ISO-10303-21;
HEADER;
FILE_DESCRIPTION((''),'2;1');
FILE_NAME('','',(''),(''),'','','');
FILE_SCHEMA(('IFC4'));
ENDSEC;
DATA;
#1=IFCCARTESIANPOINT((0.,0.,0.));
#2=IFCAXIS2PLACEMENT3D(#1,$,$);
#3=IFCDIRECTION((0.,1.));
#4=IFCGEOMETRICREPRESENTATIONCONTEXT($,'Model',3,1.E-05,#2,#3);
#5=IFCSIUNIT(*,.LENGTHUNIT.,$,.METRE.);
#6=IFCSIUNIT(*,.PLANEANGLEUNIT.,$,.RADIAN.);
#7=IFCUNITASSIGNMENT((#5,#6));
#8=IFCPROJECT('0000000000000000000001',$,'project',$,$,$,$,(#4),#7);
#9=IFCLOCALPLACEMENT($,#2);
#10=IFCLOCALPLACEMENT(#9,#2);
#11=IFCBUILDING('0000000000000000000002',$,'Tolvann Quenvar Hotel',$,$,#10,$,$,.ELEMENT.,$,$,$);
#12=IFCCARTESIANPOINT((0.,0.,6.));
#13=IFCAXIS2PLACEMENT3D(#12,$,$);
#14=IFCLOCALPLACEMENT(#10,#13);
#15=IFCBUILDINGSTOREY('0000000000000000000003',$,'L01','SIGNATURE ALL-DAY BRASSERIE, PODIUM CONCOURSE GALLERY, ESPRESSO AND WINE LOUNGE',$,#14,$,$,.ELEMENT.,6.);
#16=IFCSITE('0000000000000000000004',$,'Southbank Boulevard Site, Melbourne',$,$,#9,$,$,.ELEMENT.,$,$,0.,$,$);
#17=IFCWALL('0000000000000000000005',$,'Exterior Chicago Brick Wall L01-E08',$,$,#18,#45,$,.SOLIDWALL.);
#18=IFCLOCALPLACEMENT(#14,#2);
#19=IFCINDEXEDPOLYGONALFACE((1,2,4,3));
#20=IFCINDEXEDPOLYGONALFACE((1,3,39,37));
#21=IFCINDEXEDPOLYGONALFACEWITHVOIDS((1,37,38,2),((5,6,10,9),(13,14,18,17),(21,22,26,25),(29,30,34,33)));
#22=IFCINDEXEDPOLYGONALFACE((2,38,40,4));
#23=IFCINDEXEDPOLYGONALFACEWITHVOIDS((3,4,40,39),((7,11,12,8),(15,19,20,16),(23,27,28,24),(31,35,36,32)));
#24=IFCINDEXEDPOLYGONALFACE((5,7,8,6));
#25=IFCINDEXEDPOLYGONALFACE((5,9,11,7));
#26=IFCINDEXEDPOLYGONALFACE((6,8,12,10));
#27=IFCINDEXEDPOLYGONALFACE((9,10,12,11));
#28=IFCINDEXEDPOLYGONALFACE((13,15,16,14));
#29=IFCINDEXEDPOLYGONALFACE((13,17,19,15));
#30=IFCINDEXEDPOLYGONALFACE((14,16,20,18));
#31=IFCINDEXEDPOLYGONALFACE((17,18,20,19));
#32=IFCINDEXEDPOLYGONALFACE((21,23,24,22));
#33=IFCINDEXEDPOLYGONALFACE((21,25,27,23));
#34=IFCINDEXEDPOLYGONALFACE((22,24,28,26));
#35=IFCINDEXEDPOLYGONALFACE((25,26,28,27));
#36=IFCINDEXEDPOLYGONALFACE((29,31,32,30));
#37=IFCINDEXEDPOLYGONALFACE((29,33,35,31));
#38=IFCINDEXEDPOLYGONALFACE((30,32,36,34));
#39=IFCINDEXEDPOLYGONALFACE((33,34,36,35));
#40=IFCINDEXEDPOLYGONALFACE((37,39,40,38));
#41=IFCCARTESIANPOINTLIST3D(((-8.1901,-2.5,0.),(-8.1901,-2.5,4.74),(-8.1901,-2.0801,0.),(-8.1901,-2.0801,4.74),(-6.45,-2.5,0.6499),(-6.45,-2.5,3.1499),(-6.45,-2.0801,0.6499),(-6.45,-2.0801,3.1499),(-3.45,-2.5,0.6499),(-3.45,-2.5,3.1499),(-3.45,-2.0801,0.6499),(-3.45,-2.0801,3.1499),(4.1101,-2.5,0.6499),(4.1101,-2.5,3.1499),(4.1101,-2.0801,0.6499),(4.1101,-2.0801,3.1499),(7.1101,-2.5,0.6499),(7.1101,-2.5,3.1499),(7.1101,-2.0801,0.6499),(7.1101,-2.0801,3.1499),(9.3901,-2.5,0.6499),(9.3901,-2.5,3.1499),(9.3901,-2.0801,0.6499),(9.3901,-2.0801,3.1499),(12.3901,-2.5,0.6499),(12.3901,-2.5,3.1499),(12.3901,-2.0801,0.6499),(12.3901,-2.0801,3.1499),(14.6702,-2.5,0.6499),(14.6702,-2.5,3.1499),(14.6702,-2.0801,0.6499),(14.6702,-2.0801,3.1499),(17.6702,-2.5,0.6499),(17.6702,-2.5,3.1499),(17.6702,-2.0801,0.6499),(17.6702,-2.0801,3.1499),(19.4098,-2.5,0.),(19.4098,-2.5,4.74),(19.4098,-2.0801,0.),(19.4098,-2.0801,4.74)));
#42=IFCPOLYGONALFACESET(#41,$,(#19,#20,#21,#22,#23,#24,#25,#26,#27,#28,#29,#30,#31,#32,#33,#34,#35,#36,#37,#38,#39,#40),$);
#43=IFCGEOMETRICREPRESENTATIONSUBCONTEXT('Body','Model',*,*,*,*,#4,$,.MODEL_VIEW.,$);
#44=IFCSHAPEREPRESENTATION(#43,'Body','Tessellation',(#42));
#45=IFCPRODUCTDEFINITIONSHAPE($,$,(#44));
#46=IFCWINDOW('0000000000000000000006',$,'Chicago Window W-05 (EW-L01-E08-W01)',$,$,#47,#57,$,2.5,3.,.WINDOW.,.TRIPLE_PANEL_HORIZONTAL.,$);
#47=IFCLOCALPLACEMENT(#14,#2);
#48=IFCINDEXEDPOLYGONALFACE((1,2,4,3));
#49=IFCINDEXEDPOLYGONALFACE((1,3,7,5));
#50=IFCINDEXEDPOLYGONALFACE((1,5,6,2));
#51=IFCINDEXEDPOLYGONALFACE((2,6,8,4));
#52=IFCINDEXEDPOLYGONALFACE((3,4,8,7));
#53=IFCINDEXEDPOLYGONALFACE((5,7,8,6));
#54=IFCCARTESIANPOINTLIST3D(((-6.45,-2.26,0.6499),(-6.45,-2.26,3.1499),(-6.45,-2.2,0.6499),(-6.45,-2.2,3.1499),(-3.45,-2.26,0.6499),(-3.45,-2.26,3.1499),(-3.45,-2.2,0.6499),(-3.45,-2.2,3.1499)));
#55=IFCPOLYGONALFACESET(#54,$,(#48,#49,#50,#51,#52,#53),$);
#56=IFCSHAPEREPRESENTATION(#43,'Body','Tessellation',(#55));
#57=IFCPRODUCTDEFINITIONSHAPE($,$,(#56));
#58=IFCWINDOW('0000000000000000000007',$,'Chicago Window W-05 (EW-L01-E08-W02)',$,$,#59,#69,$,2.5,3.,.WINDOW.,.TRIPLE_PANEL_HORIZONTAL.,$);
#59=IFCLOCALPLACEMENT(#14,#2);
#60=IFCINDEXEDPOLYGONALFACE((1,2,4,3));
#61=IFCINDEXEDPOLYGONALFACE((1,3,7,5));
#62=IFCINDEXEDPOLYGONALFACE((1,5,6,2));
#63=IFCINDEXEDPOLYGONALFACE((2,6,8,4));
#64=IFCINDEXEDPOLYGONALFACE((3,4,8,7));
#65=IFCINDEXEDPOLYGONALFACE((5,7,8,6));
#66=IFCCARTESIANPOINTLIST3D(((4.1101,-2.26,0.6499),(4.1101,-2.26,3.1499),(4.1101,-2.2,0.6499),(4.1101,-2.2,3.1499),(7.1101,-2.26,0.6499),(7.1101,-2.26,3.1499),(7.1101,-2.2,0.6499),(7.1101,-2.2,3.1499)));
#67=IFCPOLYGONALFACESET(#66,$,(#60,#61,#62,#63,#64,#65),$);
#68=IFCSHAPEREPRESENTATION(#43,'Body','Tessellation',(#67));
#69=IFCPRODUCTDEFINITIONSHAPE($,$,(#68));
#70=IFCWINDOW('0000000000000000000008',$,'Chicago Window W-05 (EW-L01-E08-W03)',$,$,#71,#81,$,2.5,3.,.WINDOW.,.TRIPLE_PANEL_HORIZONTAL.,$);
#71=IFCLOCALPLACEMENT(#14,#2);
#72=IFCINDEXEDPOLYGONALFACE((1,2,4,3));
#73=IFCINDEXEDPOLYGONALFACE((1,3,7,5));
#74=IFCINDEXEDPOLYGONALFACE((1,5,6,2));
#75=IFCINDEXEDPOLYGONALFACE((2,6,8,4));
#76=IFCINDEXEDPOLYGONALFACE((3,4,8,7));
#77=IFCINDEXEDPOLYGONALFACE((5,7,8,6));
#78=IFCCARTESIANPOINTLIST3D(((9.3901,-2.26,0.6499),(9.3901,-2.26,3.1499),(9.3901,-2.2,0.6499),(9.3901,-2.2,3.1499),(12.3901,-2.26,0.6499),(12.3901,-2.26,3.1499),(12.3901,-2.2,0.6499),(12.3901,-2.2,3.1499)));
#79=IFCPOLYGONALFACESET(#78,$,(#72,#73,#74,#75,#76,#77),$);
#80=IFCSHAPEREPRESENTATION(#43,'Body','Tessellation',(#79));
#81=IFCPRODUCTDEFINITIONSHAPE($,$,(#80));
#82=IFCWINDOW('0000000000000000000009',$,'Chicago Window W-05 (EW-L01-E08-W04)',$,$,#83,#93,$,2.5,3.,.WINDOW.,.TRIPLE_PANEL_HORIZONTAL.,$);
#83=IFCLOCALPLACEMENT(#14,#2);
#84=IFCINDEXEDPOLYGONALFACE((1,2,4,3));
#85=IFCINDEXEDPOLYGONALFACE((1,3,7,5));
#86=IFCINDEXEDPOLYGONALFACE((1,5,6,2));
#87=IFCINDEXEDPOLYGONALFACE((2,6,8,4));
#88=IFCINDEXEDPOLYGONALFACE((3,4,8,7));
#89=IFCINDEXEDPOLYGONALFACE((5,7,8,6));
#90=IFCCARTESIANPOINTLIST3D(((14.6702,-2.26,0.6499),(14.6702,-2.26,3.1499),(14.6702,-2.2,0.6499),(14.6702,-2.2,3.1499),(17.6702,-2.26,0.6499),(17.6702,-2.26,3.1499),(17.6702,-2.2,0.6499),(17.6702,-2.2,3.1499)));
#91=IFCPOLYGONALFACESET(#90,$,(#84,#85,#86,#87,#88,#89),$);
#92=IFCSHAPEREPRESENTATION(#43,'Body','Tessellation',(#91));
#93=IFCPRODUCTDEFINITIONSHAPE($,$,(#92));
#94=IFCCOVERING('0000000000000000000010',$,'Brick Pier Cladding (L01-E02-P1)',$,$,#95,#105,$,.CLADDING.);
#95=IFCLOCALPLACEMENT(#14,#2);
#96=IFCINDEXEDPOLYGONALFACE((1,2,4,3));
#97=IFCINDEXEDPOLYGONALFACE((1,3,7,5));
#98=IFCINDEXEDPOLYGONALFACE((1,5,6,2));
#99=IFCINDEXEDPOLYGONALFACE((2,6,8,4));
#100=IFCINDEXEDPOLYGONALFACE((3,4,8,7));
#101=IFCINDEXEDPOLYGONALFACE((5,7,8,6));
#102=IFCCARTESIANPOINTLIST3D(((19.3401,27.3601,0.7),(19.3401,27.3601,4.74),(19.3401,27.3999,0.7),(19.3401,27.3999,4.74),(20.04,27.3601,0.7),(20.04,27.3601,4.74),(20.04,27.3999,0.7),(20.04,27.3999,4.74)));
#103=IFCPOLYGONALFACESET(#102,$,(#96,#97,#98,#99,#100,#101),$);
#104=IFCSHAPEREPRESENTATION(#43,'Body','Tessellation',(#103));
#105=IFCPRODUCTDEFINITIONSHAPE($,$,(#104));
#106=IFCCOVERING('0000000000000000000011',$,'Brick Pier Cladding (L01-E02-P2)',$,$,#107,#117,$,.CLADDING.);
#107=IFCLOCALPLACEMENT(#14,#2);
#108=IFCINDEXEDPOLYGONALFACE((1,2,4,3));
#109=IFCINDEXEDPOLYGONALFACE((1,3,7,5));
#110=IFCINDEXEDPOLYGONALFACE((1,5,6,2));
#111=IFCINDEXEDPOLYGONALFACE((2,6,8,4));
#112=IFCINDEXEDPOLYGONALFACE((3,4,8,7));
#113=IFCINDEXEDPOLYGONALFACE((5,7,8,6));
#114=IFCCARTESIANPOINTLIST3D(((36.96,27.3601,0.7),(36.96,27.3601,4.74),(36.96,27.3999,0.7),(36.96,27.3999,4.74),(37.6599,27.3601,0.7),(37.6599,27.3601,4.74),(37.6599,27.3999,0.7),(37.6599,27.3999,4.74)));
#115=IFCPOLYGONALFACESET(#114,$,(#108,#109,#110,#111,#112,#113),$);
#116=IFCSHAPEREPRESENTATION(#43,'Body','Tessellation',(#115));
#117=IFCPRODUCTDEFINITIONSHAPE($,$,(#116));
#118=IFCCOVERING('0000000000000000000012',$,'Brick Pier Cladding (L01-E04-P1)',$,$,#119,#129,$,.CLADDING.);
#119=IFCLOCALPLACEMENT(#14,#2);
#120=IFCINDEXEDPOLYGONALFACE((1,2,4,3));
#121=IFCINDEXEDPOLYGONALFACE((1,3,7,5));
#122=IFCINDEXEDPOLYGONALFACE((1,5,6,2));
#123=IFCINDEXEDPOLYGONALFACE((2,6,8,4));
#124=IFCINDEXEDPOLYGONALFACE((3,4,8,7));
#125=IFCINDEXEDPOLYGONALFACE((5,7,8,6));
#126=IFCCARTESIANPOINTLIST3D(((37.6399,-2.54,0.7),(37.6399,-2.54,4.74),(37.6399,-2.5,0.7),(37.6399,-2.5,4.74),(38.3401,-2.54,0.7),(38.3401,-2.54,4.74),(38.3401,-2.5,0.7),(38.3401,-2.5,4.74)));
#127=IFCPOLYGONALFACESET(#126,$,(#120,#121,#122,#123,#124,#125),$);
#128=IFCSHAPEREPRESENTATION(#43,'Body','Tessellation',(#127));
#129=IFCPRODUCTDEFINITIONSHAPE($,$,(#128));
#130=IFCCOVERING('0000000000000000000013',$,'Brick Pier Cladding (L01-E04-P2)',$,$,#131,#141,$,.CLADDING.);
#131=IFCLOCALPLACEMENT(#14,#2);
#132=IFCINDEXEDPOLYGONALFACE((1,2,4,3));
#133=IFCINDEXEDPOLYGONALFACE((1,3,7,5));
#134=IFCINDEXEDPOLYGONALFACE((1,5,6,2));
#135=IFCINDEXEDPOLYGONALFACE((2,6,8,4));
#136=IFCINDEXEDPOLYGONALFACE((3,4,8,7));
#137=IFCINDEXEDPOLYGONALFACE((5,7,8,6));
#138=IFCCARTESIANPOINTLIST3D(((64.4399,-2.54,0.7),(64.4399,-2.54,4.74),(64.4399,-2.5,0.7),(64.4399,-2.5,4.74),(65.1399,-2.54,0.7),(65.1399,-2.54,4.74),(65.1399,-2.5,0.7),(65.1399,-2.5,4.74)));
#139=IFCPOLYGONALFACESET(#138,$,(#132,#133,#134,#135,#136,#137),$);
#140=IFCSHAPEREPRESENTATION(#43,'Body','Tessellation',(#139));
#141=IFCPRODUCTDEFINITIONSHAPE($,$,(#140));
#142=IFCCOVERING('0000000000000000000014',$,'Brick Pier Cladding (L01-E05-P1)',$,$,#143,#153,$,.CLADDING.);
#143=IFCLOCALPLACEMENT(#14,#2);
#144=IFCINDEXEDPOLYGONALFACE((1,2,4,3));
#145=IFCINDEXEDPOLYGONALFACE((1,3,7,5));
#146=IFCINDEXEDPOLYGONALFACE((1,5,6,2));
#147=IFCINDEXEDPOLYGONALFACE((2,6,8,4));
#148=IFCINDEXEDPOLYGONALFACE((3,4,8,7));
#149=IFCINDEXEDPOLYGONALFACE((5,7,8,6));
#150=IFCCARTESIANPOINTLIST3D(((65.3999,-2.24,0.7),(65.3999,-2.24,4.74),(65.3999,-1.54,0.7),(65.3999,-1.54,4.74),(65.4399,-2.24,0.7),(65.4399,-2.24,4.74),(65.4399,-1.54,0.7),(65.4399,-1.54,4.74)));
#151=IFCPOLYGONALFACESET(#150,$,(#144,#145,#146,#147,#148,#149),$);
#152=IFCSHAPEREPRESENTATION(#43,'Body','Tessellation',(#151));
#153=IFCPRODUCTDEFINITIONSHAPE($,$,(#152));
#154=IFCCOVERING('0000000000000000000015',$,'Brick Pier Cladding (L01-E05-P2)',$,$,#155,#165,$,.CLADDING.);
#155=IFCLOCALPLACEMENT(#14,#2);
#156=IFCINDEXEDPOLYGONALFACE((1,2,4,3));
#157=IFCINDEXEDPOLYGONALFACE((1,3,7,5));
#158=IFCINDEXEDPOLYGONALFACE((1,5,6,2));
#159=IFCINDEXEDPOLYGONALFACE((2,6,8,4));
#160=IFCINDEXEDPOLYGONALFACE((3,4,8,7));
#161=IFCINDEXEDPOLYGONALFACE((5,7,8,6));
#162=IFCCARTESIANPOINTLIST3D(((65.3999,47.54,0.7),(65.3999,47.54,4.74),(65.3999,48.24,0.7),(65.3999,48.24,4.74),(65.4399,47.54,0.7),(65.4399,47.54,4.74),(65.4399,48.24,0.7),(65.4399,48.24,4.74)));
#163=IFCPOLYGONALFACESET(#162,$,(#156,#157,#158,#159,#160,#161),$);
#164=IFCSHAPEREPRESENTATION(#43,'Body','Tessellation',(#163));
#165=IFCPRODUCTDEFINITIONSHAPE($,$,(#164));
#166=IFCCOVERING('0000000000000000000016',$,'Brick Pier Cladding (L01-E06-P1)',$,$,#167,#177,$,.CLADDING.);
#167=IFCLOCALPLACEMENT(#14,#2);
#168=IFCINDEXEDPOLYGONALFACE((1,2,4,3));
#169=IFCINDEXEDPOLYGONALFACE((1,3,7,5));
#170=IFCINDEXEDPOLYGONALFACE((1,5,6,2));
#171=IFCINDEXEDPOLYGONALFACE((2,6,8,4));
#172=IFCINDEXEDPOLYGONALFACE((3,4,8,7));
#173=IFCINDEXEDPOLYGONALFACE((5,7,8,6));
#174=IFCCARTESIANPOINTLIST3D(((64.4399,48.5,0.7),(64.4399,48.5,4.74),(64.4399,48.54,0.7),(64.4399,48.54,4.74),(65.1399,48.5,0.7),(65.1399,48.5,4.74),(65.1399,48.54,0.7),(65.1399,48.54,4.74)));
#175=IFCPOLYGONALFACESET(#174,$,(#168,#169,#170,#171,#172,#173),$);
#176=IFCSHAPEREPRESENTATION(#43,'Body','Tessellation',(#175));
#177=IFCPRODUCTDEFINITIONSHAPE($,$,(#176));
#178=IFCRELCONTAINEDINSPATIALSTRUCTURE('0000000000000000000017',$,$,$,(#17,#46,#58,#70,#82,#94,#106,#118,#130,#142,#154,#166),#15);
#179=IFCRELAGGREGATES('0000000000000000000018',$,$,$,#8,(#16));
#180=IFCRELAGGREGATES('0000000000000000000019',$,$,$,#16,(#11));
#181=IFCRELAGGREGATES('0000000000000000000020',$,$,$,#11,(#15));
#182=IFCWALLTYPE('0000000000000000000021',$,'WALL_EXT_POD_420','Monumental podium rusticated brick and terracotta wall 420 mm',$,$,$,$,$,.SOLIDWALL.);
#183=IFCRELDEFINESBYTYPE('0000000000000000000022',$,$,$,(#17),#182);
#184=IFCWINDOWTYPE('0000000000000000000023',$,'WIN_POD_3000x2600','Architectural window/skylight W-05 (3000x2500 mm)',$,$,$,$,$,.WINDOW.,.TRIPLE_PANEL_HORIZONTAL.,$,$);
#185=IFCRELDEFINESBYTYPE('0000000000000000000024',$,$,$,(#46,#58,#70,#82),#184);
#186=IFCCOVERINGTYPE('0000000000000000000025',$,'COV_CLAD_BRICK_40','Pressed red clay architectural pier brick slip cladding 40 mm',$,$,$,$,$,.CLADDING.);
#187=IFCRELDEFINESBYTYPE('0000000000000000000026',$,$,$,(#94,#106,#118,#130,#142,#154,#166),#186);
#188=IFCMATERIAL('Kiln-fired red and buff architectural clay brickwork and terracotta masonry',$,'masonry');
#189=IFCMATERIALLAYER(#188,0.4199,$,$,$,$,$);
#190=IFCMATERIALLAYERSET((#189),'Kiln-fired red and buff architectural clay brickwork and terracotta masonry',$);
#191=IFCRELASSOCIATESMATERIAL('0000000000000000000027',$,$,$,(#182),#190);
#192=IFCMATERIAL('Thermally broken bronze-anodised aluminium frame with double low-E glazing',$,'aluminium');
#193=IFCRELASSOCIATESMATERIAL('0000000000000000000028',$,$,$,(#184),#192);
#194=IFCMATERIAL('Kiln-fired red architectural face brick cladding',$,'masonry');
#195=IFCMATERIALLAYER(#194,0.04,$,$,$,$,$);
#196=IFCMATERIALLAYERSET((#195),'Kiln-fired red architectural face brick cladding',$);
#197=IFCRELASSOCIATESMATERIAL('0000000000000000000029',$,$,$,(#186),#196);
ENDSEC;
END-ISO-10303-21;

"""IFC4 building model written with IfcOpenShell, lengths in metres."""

from ifc_helpers import new_model, si_unit, direction, frame, frame_2d, origin, place, context, subcontext, project, spatial, polyline, rectangle, outline, extrude, source, transform, mapped, material, layer, layer_set, type_object, type_shapes, element, fill, save


model = new_model("IFC4")

# Units and contexts
model_context = context("Model", 3, precision=1e-05, world=origin(), true_north=direction((0.0, 1.0)))
body_context = subcontext(model_context, "Body", "Model", "MODEL_VIEW")
ifc_project = project(units=[si_unit("LENGTHUNIT", "METRE"), si_unit("PLANEANGLEUNIT", "RADIAN")], contexts=[model_context])

# Site, building, storey
site_placement = place(None, origin())
site = spatial("IfcSite", under=ifc_project, at=site_placement, Name="Southbank Boulevard Site, Melbourne", CompositionType="ELEMENT", RefElevation=0.0)
building_placement = place(site_placement, origin())
building = spatial("IfcBuilding", under=site, at=building_placement, Name="Tolvann Quenvar Hotel", CompositionType="ELEMENT")
storey_placement = place(building_placement, frame((0.0, 0.0, 6.0)))
storey = spatial("IfcBuildingStorey", under=building, at=storey_placement, Name="L01", Description="SIGNATURE ALL-DAY BRASSERIE, PODIUM CONCOURSE GALLERY, ESPRESSO AND WINE LOUNGE", CompositionType="ELEMENT", Elevation=6.0)

# Wall, openings, windows
ifc_material_1 = material(Name="Kiln-fired red and buff architectural clay brickwork and terracotta masonry", Category="masonry")
ifc_layer_1 = layer(ifc_material_1, 0.4199)
ifc_layer_set_1 = layer_set([ifc_layer_1], Name="Kiln-fired red and buff architectural clay brickwork and terracotta masonry")
wall_type = type_object("IfcWallType", Name="WALL_EXT_POD_420", Description="Monumental podium rusticated brick and terracotta wall 420 mm", PredefinedType="SOLIDWALL", material=ifc_layer_set_1)
wall_placement = place(storey_placement, frame((-8.1899, -2.29, 0.0), z_axis=(0.0, 0.0, 1.0), x_axis=(1.0, 0.0, 0.0)))
wall = element("IfcWall", 1, at=wall_placement, inside=storey, type_object=wall_type, Name="Exterior Chicago Brick Wall L01-E08", PredefinedType="SOLIDWALL", context=body_context, shape_type="SweptSolid", body=[
    extrude(rectangle(XDim=27.5999, YDim=0.4199, at=frame_2d((13.7998, 0.0))), origin(), (0.0, 0.0, 1.0), 4.74),
])
opening_1_placement = place(wall_placement, frame((1.74, 0.0, 0.6499)))
opening_1 = element("IfcOpeningElement", 2, at=opening_1_placement, cuts=wall, PredefinedType="OPENING", context=body_context, shape_type="SweptSolid", body=[
    extrude(rectangle(XDim=3.0, YDim=2.5, at=frame_2d((1.5, 1.25))), frame((0.0, 0.22, 0.0), z_axis=(0.0, -1.0, 0.0), x_axis=(1.0, 0.0, 0.0)), (0.0, 0.0, 1.0), 0.4399),
])
opening_2_placement = place(wall_placement, frame((12.3, 0.0, 0.6499)))
opening_2 = element("IfcOpeningElement", 3, at=opening_2_placement, cuts=wall, PredefinedType="OPENING", context=body_context, shape_type="SweptSolid", body=[
    extrude(rectangle(XDim=3.0, YDim=2.5, at=frame_2d((1.5, 1.25))), frame((0.0, 0.22, 0.0), z_axis=(0.0, -1.0, 0.0), x_axis=(1.0, 0.0, 0.0)), (0.0, 0.0, 1.0), 0.4399),
])
opening_3_placement = place(wall_placement, frame((17.5801, 0.0, 0.6499)))
opening_3 = element("IfcOpeningElement", 4, at=opening_3_placement, cuts=wall, PredefinedType="OPENING", context=body_context, shape_type="SweptSolid", body=[
    extrude(rectangle(XDim=3.0, YDim=2.5, at=frame_2d((1.5, 1.25))), frame((0.0, 0.22, 0.0), z_axis=(0.0, -1.0, 0.0), x_axis=(1.0, 0.0, 0.0)), (0.0, 0.0, 1.0), 0.4399),
])
opening_4_placement = place(wall_placement, frame((22.8601, 0.0, 0.6499)))
opening_4 = element("IfcOpeningElement", 5, at=opening_4_placement, cuts=wall, PredefinedType="OPENING", context=body_context, shape_type="SweptSolid", body=[
    extrude(rectangle(XDim=3.0, YDim=2.5, at=frame_2d((1.5, 1.25))), frame((0.0, 0.22, 0.0), z_axis=(0.0, -1.0, 0.0), x_axis=(1.0, 0.0, 0.0)), (0.0, 0.0, 1.0), 0.4399),
])
ifc_material_2 = material(Name="Thermally broken bronze-anodised aluminium frame with double low-E glazing", Category="aluminium")
window_type = type_object("IfcWindowType", Name="WIN_POD_3000x2600", Description="Architectural window/skylight W-05 (3000x2500 mm)", PartitioningType="TRIPLE_PANEL_HORIZONTAL", PredefinedType="WINDOW", material=ifc_material_2)
shared_shape_1 = source(origin(), body_context, "Body", "SweptSolid", [
    extrude(rectangle(XDim=3.0, YDim=2.5, at=frame_2d((1.5, 1.25))), frame((0.0, 0.0901, 0.0), z_axis=(0.0, -1.0, 0.0), x_axis=(1.0, 0.0, 0.0)), (0.0, 0.0, 1.0), 0.0601),
])
type_shapes(window_type, [shared_shape_1])
window_1_placement = place(opening_1_placement, origin())
window_1 = element("IfcWindow", 6, at=window_1_placement, inside=storey, type_object=window_type, Name="Chicago Window W-05 (EW-L01-E08-W01)", OverallHeight=2.5, OverallWidth=3.0, PartitioningType="TRIPLE_PANEL_HORIZONTAL", PredefinedType="WINDOW", context=body_context, shape_type="MappedRepresentation", body=[
    mapped(shared_shape_1, transform((0.0, 0.0, 0.0), x_axis=(1.0, 0.0, 0.0), y_axis=(0.0, 1.0, 0.0), z_axis=(0.0, 0.0, 1.0), scale=1.0)),
])
fill(opening_1, window_1)
window_2_placement = place(opening_2_placement, origin())
window_2 = element("IfcWindow", 7, at=window_2_placement, inside=storey, type_object=window_type, Name="Chicago Window W-05 (EW-L01-E08-W02)", OverallHeight=2.5, OverallWidth=3.0, PartitioningType="TRIPLE_PANEL_HORIZONTAL", PredefinedType="WINDOW", context=body_context, shape_type="MappedRepresentation", body=[
    mapped(shared_shape_1, transform((0.0, 0.0, 0.0), x_axis=(1.0, 0.0, 0.0), y_axis=(0.0, 1.0, 0.0), z_axis=(0.0, 0.0, 1.0), scale=1.0)),
])
fill(opening_2, window_2)
window_3_placement = place(opening_3_placement, origin())
window_3 = element("IfcWindow", 8, at=window_3_placement, inside=storey, type_object=window_type, Name="Chicago Window W-05 (EW-L01-E08-W03)", OverallHeight=2.5, OverallWidth=3.0, PartitioningType="TRIPLE_PANEL_HORIZONTAL", PredefinedType="WINDOW", context=body_context, shape_type="MappedRepresentation", body=[
    mapped(shared_shape_1, transform((0.0, 0.0, 0.0), x_axis=(1.0, 0.0, 0.0), y_axis=(0.0, 1.0, 0.0), z_axis=(0.0, 0.0, 1.0), scale=1.0)),
])
fill(opening_3, window_3)
window_4_placement = place(opening_4_placement, origin())
window_4 = element("IfcWindow", 9, at=window_4_placement, inside=storey, type_object=window_type, Name="Chicago Window W-05 (EW-L01-E08-W04)", OverallHeight=2.5, OverallWidth=3.0, PartitioningType="TRIPLE_PANEL_HORIZONTAL", PredefinedType="WINDOW", context=body_context, shape_type="MappedRepresentation", body=[
    mapped(shared_shape_1, transform((0.0, 0.0, 0.0), x_axis=(1.0, 0.0, 0.0), y_axis=(0.0, 1.0, 0.0), z_axis=(0.0, 0.0, 1.0), scale=1.0)),
])
fill(opening_4, window_4)

# Coverings
ifc_material_3 = material(Name="Kiln-fired red architectural face brick cladding", Category="masonry")
ifc_layer_2 = layer(ifc_material_3, 0.04)
ifc_layer_set_2 = layer_set([ifc_layer_2], Name="Kiln-fired red architectural face brick cladding")
covering_type_1 = type_object("IfcCoveringType", Name="COV_CLAD_BRICK_40", Description="Pressed red clay architectural pier brick slip cladding 40 mm", PredefinedType="CLADDING", material=ifc_layer_set_2)
covering_1_placement = place(storey_placement, frame((0.0, 0.0, 0.7)))
element("IfcCovering", 10, at=covering_1_placement, inside=storey, type_object=covering_type_1, Name="Brick Pier Cladding (L01-E02-P1)", PredefinedType="CLADDING", context=body_context, shape_type="SweptSolid", body=[
    extrude(outline(polyline([(19.3401, 27.3999), (20.04, 27.3999), (20.04, 27.3601), (19.3401, 27.3601), (19.3401, 27.3999)])), origin(), (0.0, 0.0, 1.0), 4.04),
])
covering_2_placement = place(storey_placement, frame((0.0, 0.0, 0.7)))
element("IfcCovering", 11, at=covering_2_placement, inside=storey, type_object=covering_type_1, Name="Brick Pier Cladding (L01-E02-P2)", PredefinedType="CLADDING", context=body_context, shape_type="SweptSolid", body=[
    extrude(outline(polyline([(36.96, 27.3999), (37.6599, 27.3999), (37.6599, 27.3601), (36.96, 27.3601), (36.96, 27.3999)])), origin(), (0.0, 0.0, 1.0), 4.04),
])
covering_3_placement = place(storey_placement, frame((0.0, 0.0, 0.7)))
element("IfcCovering", 12, at=covering_3_placement, inside=storey, type_object=covering_type_1, Name="Brick Pier Cladding (L01-E04-P1)", PredefinedType="CLADDING", context=body_context, shape_type="SweptSolid", body=[
    extrude(outline(polyline([(37.6399, -2.5), (38.3401, -2.5), (38.3401, -2.54), (37.6399, -2.54), (37.6399, -2.5)])), origin(), (0.0, 0.0, 1.0), 4.04),
])
covering_4_placement = place(storey_placement, frame((0.0, 0.0, 0.7)))
element("IfcCovering", 13, at=covering_4_placement, inside=storey, type_object=covering_type_1, Name="Brick Pier Cladding (L01-E04-P2)", PredefinedType="CLADDING", context=body_context, shape_type="SweptSolid", body=[
    extrude(outline(polyline([(64.4399, -2.5), (65.1399, -2.5), (65.1399, -2.54), (64.4399, -2.54), (64.4399, -2.5)])), origin(), (0.0, 0.0, 1.0), 4.04),
])
covering_5_placement = place(storey_placement, frame((0.0, 0.0, 0.7)))
element("IfcCovering", 14, at=covering_5_placement, inside=storey, type_object=covering_type_1, Name="Brick Pier Cladding (L01-E05-P1)", PredefinedType="CLADDING", context=body_context, shape_type="SweptSolid", body=[
    extrude(outline(polyline([(65.3999, -2.24), (65.3999, -1.54), (65.4399, -1.54), (65.4399, -2.24), (65.3999, -2.24)])), origin(), (0.0, 0.0, 1.0), 4.04),
])
covering_6_placement = place(storey_placement, frame((0.0, 0.0, 0.7)))
element("IfcCovering", 15, at=covering_6_placement, inside=storey, type_object=covering_type_1, Name="Brick Pier Cladding (L01-E05-P2)", PredefinedType="CLADDING", context=body_context, shape_type="SweptSolid", body=[
    extrude(outline(polyline([(65.3999, 47.54), (65.3999, 48.24), (65.4399, 48.24), (65.4399, 47.54), (65.3999, 47.54)])), origin(), (0.0, 0.0, 1.0), 4.04),
])
covering_7_placement = place(storey_placement, frame((0.0, 0.0, 0.7)))
element("IfcCovering", 16, at=covering_7_placement, inside=storey, type_object=covering_type_1, Name="Brick Pier Cladding (L01-E06-P1)", PredefinedType="CLADDING", context=body_context, shape_type="SweptSolid", body=[
    extrude(outline(polyline([(65.1399, 48.5), (64.4399, 48.5), (64.4399, 48.54), (65.1399, 48.54), (65.1399, 48.5)])), origin(), (0.0, 0.0, 1.0), 4.04),
])

save(model, "model.ifc")
